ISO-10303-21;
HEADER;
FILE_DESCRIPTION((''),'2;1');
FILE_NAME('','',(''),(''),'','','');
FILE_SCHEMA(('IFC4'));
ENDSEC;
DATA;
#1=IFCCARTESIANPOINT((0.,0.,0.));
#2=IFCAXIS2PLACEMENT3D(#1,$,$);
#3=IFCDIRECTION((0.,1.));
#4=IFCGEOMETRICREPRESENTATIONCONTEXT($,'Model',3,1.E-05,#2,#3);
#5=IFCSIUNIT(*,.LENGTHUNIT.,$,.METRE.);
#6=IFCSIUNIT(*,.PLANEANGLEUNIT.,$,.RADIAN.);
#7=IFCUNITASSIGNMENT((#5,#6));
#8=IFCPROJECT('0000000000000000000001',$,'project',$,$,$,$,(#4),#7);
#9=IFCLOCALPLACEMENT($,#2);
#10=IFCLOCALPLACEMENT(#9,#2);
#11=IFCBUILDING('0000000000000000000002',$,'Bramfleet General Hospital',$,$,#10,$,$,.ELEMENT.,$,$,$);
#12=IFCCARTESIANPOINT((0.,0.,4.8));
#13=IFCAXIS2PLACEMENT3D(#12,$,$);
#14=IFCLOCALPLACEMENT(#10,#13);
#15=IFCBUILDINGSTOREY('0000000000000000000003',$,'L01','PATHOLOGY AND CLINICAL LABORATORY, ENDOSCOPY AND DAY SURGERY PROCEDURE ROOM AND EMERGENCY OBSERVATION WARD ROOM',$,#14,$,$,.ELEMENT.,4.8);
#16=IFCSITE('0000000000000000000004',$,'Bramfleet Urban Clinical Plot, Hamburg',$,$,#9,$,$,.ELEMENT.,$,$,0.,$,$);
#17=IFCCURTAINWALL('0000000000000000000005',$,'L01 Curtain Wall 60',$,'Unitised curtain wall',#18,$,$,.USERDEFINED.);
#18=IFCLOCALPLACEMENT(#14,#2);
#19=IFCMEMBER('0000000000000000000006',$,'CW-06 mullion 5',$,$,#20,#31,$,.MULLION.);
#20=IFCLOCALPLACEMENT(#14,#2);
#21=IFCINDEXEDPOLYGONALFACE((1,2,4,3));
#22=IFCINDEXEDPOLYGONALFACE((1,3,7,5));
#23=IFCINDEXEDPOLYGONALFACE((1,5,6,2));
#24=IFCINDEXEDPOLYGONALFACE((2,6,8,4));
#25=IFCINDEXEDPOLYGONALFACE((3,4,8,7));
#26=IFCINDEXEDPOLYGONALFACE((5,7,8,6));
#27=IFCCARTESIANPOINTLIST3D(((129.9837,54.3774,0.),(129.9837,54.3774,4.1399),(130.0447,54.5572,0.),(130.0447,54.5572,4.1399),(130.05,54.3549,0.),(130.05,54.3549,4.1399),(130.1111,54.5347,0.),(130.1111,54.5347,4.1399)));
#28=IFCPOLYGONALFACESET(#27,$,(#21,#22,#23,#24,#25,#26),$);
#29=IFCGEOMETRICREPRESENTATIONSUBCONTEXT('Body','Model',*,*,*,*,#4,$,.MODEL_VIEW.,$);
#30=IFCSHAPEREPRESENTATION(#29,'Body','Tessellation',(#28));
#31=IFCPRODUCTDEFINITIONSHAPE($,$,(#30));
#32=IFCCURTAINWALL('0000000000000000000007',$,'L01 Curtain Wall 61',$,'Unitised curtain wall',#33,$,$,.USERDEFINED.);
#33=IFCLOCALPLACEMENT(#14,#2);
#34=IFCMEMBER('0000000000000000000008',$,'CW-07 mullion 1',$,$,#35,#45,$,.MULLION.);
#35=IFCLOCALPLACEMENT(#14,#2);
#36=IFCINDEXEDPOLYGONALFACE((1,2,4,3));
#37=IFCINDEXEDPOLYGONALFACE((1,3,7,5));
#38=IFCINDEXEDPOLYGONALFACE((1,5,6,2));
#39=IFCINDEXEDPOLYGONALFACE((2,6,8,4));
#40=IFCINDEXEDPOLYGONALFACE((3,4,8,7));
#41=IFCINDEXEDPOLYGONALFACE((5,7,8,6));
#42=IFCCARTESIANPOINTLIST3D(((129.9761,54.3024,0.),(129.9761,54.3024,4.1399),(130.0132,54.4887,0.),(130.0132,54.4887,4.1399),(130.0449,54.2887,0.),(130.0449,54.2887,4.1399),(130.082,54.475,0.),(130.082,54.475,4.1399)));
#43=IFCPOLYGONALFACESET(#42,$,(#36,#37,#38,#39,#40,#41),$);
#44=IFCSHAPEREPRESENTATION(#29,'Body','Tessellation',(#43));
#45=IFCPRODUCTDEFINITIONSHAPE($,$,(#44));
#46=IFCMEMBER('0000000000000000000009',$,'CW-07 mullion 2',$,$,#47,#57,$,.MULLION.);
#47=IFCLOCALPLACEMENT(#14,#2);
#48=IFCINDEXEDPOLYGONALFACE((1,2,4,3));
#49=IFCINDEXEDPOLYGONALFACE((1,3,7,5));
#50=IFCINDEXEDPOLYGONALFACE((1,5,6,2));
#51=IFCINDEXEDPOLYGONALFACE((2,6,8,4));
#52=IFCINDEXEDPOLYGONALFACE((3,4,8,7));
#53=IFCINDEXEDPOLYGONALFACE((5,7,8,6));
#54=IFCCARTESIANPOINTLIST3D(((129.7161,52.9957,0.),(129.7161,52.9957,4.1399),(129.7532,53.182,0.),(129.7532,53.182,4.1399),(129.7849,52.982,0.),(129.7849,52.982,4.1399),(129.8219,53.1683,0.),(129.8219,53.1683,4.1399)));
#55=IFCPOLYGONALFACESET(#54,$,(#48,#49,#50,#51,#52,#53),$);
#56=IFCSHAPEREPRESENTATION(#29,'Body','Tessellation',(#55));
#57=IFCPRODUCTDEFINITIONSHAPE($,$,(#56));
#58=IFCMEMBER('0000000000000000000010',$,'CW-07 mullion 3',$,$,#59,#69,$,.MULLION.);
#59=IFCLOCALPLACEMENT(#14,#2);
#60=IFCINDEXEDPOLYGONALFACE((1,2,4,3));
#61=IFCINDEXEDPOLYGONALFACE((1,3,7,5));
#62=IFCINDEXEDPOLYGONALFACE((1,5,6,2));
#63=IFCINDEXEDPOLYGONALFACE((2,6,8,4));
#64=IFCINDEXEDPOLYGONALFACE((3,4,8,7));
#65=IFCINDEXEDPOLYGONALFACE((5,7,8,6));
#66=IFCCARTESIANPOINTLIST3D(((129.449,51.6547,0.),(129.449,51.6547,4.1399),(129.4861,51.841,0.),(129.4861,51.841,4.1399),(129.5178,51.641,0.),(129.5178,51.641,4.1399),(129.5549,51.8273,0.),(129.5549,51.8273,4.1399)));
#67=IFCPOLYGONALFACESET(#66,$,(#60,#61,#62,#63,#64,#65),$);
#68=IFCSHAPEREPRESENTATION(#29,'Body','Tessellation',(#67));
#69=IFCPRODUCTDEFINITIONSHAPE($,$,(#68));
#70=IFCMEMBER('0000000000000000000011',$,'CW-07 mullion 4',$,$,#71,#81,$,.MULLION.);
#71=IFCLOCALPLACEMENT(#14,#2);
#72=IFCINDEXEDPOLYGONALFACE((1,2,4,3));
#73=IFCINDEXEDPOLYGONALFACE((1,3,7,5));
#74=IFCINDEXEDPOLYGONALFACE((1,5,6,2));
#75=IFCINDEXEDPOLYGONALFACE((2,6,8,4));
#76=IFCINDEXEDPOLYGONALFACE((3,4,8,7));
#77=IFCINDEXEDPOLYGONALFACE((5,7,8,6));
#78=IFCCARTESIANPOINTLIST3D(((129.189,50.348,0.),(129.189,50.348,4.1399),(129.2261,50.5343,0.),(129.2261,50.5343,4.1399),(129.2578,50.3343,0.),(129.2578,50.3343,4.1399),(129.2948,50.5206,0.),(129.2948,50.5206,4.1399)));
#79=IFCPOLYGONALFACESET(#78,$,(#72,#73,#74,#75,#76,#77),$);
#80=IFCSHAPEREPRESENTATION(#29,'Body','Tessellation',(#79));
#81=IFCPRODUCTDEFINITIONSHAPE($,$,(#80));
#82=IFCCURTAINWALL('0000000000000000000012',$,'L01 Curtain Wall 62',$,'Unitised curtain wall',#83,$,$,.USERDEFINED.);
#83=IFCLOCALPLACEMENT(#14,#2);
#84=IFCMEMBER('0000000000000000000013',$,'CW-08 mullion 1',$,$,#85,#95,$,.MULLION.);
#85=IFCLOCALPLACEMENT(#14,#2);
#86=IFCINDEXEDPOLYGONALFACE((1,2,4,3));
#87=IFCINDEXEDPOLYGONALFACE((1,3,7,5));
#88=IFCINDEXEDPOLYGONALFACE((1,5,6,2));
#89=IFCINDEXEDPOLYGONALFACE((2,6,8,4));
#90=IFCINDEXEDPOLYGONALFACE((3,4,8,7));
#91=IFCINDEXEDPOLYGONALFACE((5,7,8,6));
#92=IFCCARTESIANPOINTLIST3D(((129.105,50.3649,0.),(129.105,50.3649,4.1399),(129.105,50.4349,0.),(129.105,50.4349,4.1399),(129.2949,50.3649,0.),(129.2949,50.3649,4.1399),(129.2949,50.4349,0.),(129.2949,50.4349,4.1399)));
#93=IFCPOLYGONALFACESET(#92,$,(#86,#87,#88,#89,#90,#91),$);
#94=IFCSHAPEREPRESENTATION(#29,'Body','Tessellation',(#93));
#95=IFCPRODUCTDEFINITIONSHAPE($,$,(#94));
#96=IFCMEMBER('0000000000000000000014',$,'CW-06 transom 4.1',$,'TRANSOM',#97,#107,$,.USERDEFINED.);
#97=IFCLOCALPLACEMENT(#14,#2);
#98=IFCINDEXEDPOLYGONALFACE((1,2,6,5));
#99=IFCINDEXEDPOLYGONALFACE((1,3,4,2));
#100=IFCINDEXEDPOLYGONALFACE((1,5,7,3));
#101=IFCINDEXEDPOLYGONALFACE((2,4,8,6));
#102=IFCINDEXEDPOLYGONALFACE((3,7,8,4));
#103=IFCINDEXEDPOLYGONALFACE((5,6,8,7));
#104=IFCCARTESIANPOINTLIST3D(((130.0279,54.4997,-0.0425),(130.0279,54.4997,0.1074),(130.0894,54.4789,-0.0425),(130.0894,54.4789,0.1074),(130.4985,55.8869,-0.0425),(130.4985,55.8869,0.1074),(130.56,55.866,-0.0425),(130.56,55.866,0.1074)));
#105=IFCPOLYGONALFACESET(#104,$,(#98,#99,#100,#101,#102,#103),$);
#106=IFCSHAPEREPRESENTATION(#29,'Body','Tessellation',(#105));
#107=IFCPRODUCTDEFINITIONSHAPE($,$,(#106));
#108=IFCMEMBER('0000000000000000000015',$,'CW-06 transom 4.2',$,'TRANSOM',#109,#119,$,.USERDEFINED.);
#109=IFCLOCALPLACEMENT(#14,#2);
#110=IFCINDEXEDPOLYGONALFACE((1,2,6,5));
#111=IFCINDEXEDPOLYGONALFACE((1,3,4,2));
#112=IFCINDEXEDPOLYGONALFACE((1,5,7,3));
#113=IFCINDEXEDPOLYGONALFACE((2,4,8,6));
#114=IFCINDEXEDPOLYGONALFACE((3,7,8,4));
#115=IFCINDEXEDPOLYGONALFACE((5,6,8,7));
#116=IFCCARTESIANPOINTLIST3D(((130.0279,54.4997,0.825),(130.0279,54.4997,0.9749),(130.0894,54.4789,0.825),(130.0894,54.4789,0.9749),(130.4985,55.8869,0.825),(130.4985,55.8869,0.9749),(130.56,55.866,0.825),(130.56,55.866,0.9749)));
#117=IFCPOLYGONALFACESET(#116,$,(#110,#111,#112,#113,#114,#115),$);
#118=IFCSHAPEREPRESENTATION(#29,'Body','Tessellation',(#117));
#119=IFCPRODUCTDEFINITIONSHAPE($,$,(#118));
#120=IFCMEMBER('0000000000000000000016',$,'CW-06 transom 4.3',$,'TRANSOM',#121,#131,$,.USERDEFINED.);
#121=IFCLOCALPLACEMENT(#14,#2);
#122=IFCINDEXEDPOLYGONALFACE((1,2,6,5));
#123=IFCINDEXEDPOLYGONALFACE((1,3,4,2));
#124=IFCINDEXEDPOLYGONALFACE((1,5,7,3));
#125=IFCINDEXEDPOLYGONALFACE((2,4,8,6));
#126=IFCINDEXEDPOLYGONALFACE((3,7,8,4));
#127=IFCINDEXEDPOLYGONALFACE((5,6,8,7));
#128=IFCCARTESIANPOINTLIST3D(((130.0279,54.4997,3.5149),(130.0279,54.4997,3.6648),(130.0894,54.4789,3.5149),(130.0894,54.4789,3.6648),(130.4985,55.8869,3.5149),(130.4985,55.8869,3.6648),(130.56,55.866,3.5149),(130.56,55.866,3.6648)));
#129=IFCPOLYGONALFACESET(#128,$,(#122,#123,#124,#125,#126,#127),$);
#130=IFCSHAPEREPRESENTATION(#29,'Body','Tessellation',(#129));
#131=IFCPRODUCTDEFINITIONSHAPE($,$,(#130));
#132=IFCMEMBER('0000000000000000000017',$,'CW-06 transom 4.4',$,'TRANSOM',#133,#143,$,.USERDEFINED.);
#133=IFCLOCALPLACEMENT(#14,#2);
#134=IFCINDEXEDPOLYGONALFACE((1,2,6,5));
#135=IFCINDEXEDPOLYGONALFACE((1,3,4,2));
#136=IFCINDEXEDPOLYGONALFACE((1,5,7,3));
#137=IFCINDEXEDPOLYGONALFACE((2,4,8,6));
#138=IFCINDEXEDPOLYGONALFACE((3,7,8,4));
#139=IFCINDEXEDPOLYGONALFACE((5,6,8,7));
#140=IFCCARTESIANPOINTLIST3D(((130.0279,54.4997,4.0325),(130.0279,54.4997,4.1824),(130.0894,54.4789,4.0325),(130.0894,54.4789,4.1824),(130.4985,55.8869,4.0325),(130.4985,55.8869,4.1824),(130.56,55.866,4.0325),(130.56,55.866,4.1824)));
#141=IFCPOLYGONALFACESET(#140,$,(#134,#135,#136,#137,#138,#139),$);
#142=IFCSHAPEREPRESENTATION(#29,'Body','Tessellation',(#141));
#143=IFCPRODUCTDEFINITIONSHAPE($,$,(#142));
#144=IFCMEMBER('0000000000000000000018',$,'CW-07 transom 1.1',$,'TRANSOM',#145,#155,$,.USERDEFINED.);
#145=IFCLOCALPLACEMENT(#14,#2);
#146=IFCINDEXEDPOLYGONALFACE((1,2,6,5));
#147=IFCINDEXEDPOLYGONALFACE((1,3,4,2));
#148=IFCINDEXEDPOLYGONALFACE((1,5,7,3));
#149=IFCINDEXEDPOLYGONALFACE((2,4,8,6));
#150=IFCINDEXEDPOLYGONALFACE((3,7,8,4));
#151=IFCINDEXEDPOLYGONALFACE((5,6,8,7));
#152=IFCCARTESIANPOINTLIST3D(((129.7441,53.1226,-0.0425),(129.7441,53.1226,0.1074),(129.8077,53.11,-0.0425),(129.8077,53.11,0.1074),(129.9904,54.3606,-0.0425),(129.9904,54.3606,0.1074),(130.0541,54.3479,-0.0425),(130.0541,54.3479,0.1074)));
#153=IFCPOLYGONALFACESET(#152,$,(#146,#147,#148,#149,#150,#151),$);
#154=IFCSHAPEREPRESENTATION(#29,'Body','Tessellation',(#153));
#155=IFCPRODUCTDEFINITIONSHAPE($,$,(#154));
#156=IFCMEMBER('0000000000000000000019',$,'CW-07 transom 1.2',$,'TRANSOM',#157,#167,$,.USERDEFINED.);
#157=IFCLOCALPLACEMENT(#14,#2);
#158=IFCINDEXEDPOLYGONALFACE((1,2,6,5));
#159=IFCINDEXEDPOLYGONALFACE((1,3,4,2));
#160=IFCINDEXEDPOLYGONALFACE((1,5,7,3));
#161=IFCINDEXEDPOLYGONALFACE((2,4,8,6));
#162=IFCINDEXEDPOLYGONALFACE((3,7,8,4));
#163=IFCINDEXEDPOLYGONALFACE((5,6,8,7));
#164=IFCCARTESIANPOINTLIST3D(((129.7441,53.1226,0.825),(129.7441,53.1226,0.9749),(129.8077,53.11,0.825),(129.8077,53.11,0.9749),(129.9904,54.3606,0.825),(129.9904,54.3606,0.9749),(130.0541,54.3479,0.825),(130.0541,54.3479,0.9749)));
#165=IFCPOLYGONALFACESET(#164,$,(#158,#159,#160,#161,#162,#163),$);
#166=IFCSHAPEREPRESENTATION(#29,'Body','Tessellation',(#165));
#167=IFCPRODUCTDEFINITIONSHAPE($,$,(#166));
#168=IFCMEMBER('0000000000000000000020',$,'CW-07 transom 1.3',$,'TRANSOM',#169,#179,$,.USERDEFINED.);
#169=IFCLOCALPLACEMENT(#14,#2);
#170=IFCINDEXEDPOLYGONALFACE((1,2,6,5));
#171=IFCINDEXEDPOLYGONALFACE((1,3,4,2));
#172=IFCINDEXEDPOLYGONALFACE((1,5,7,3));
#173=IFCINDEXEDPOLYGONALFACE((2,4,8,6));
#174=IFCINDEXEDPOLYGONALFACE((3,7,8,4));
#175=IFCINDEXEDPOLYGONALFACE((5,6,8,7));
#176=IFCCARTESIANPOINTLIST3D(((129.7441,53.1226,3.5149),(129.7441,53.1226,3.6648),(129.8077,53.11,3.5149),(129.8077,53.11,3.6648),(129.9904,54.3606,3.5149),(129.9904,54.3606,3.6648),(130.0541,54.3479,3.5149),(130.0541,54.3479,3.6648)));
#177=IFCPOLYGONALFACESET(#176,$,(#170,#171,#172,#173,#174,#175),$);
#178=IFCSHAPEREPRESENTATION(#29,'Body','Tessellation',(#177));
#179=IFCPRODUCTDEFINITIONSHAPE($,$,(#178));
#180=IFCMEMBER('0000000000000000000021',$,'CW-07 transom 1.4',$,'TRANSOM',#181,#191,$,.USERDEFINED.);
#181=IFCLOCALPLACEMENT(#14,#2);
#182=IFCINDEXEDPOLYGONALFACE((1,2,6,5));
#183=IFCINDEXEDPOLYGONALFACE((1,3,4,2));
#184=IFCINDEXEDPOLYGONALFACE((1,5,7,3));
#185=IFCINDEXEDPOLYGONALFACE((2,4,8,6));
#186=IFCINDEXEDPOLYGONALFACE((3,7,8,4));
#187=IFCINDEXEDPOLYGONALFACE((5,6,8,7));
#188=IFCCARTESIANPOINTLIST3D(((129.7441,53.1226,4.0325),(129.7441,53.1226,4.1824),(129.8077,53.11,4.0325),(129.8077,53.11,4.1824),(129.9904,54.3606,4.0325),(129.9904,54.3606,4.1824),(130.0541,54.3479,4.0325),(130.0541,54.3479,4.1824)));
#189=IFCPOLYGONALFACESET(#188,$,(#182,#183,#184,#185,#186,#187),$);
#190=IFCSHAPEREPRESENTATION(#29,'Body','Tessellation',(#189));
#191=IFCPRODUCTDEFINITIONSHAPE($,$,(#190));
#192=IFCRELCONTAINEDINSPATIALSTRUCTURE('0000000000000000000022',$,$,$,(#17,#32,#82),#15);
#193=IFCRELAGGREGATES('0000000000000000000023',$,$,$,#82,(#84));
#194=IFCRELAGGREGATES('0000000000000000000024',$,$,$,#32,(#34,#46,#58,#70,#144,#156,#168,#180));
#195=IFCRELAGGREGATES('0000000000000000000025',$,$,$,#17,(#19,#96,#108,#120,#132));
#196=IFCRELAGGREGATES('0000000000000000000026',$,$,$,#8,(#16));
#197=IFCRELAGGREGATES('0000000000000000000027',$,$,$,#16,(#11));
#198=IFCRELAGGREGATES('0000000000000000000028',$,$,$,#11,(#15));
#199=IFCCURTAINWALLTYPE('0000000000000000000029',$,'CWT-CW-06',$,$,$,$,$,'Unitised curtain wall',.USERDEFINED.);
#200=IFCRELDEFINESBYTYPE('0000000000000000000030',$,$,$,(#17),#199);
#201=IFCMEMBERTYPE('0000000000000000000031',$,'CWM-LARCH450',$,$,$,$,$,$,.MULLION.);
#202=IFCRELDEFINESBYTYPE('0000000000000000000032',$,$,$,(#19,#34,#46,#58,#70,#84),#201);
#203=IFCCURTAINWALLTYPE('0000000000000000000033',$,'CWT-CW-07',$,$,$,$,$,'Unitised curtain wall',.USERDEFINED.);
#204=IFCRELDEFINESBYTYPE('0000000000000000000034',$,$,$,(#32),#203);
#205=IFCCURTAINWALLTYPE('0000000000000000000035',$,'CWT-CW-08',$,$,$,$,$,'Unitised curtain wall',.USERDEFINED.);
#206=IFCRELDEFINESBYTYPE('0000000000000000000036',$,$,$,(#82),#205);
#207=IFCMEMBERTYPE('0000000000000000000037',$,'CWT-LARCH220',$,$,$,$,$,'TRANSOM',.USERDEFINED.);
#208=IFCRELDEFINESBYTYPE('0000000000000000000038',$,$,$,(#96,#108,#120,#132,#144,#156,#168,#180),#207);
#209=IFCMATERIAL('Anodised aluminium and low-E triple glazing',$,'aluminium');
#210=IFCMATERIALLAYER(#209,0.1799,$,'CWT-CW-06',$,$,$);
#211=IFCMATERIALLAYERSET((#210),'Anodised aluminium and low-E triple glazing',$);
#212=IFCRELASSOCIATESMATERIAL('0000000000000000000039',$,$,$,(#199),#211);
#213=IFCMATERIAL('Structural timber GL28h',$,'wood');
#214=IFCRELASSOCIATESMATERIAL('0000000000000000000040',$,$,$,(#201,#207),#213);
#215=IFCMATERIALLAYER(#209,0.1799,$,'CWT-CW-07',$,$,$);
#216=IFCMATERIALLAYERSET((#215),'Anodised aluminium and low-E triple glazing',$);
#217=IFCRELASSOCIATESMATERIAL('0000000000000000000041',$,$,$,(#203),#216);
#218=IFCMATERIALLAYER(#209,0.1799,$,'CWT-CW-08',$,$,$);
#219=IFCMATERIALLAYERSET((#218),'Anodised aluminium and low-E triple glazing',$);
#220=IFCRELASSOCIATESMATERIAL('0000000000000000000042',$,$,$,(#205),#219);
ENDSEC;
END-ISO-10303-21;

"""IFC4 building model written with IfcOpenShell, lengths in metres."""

from ifc_helpers import new_model, si_unit, direction, frame, origin, origin_2d, place, context, subcontext, project, spatial, rectangle, extrude, material, layer, layer_set, material_profile, profile_set, type_object, element, aggregate, save


model = new_model("IFC4")

# Units and contexts
model_context = context("Model", 3, precision=1e-05, world=origin(), true_north=direction((0.0, 1.0)))
body_context = subcontext(model_context, "Body", "Model", "MODEL_VIEW")
ifc_project = project(units=[si_unit("LENGTHUNIT", "METRE"), si_unit("PLANEANGLEUNIT", "RADIAN")], contexts=[model_context])

# Site, building, storey
site_placement = place(None, origin())
site = spatial("IfcSite", under=ifc_project, at=site_placement, Name="Bramfleet Urban Clinical Plot, Hamburg", CompositionType="ELEMENT", RefElevation=0.0)
building_placement = place(site_placement, origin())
building = spatial("IfcBuilding", under=site, at=building_placement, Name="Bramfleet General Hospital", CompositionType="ELEMENT")
storey_placement = place(building_placement, frame((0.0, 0.0, 4.8)))
storey = spatial("IfcBuildingStorey", under=building, at=storey_placement, Name="L01", Description="PATHOLOGY AND CLINICAL LABORATORY, ENDOSCOPY AND DAY SURGERY PROCEDURE ROOM AND EMERGENCY OBSERVATION WARD ROOM", CompositionType="ELEMENT", Elevation=4.8)

# Curtain wall, member
ifc_material_1 = material(Name="Anodised aluminium and low-E triple glazing", Category="aluminium")
ifc_layer_1 = layer(ifc_material_1, 0.1799, Name="CWT-CW-06")
ifc_layer_set_1 = layer_set([ifc_layer_1], Name="Anodised aluminium and low-E triple glazing")
curtain_wall_type_1 = type_object("IfcCurtainWallType", Name="CWT-CW-06", ElementType="Unitised curtain wall", PredefinedType="USERDEFINED", material=ifc_layer_set_1)
curtain_wall_1_placement = place(storey_placement, origin())
curtain_wall_1 = element("IfcCurtainWall", 1, at=curtain_wall_1_placement, inside=storey, type_object=curtain_wall_type_1, Name="L01 Curtain Wall 60", ObjectType="Unitised curtain wall", PredefinedType="USERDEFINED")
ifc_material_2 = material(Name="Structural timber GL28h", Category="wood")
ifc_material_profile_1 = material_profile(ifc_material_2, rectangle(XDim=0.0701, YDim=0.1899, at=origin_2d()), Name="LARCH 190x70")
ifc_profile_set_1 = profile_set([ifc_material_profile_1], Name="Structural timber GL28h")
member_type_1 = type_object("IfcMemberType", Name="CWM-LARCH450", PredefinedType="MULLION", material=ifc_profile_set_1)
member_1_placement = place(storey_placement, frame((130.0474, 54.4561, 0.0), z_axis=(0.0, 0.0, 1.0), x_axis=(0.946949, -0.321383, 0.0)))
member_1 = element("IfcMember", 2, at=member_1_placement, type_object=member_type_1, Name="CW-06 mullion 5", PredefinedType="MULLION", context=body_context, shape_type="SweptSolid", body=[
    extrude(rectangle(XDim=0.0701, YDim=0.1899, at=origin_2d()), origin(), (0.0, 0.0, 1.0), 4.1399),
])

# Curtain wall, members
ifc_layer_2 = layer(ifc_material_1, 0.1799, Name="CWT-CW-07")
ifc_layer_set_2 = layer_set([ifc_layer_2], Name="Anodised aluminium and low-E triple glazing")
curtain_wall_type_2 = type_object("IfcCurtainWallType", Name="CWT-CW-07", ElementType="Unitised curtain wall", PredefinedType="USERDEFINED", material=ifc_layer_set_2)
curtain_wall_2_placement = place(storey_placement, origin())
curtain_wall_2 = element("IfcCurtainWall", 3, at=curtain_wall_2_placement, inside=storey, type_object=curtain_wall_type_2, Name="L01 Curtain Wall 61", ObjectType="Unitised curtain wall", PredefinedType="USERDEFINED")
member_2_placement = place(storey_placement, frame((130.0291, 54.3887, 0.0), z_axis=(0.0, 0.0, 1.0), x_axis=(0.980749, -0.195272, 0.0)))
member_2 = element("IfcMember", 4, at=member_2_placement, type_object=member_type_1, Name="CW-07 mullion 1", PredefinedType="MULLION", context=body_context, shape_type="SweptSolid", body=[
    extrude(rectangle(XDim=0.0701, YDim=0.1899, at=origin_2d()), origin(), (0.0, 0.0, 1.0), 4.1399),
])
member_3_placement = place(storey_placement, frame((129.769, 53.082, 0.0), z_axis=(0.0, 0.0, 1.0), x_axis=(0.980749, -0.195272, 0.0)))
member_3 = element("IfcMember", 5, at=member_3_placement, type_object=member_type_1, Name="CW-07 mullion 2", PredefinedType="MULLION", context=body_context, shape_type="SweptSolid", body=[
    extrude(rectangle(XDim=0.0701, YDim=0.1899, at=origin_2d()), origin(), (0.0, 0.0, 1.0), 4.1399),
])
member_4_placement = place(storey_placement, frame((129.502, 51.741, 0.0), z_axis=(0.0, 0.0, 1.0), x_axis=(0.980749, -0.195272, 0.0)))
member_4 = element("IfcMember", 6, at=member_4_placement, type_object=member_type_1, Name="CW-07 mullion 3", PredefinedType="MULLION", context=body_context, shape_type="SweptSolid", body=[
    extrude(rectangle(XDim=0.0701, YDim=0.1899, at=origin_2d()), origin(), (0.0, 0.0, 1.0), 4.1399),
])
member_5_placement = place(storey_placement, frame((129.2419, 50.4343, 0.0), z_axis=(0.0, 0.0, 1.0), x_axis=(0.980749, -0.195272, 0.0)))
member_5 = element("IfcMember", 7, at=member_5_placement, type_object=member_type_1, Name="CW-07 mullion 4", PredefinedType="MULLION", context=body_context, shape_type="SweptSolid", body=[
    extrude(rectangle(XDim=0.0701, YDim=0.1899, at=origin_2d()), origin(), (0.0, 0.0, 1.0), 4.1399),
])

# Curtain wall, member
ifc_layer_3 = layer(ifc_material_1, 0.1799, Name="CWT-CW-08")
ifc_layer_set_3 = layer_set([ifc_layer_3], Name="Anodised aluminium and low-E triple glazing")
curtain_wall_type_3 = type_object("IfcCurtainWallType", Name="CWT-CW-08", ElementType="Unitised curtain wall", PredefinedType="USERDEFINED", material=ifc_layer_set_3)
curtain_wall_3_placement = place(storey_placement, origin())
curtain_wall_3 = element("IfcCurtainWall", 8, at=curtain_wall_3_placement, inside=storey, type_object=curtain_wall_type_3, Name="L01 Curtain Wall 62", ObjectType="Unitised curtain wall", PredefinedType="USERDEFINED")
member_6_placement = place(storey_placement, frame((129.2, 50.3999, 0.0), z_axis=(0.0, 0.0, 1.0), x_axis=(0.0, -1.0, 0.0)))
member_6 = element("IfcMember", 9, at=member_6_placement, type_object=member_type_1, Name="CW-08 mullion 1", PredefinedType="MULLION", context=body_context, shape_type="SweptSolid", body=[
    extrude(rectangle(XDim=0.0701, YDim=0.1899, at=origin_2d()), origin(), (0.0, 0.0, 1.0), 4.1399),
])

# Members
ifc_material_profile_2 = material_profile(ifc_material_2, rectangle(XDim=0.0649, YDim=0.1499, at=origin_2d()), Name="LARCH 150x65")
ifc_profile_set_2 = profile_set([ifc_material_profile_2], Name="Structural timber GL28h")
member_type_2 = type_object("IfcMemberType", Name="CWT-LARCH220", ElementType="TRANSOM", PredefinedType="USERDEFINED", material=ifc_profile_set_2)
member_7_placement = place(storey_placement, frame((130.5293, 55.8765, 0.0325), z_axis=(-0.321323, -0.94697, 0.0), x_axis=(0.94697, -0.321323, 0.0)))
member_7 = element("IfcMember", 10, at=member_7_placement, type_object=member_type_2, Name="CW-06 transom 4.1", ObjectType="TRANSOM", PredefinedType="USERDEFINED", context=body_context, shape_type="SweptSolid", body=[
    extrude(rectangle(XDim=0.0649, YDim=0.1499, at=origin_2d()), origin(), (0.0, 0.0, 1.0), 1.4648),
])
member_8_placement = place(storey_placement, frame((130.5293, 55.8765, 0.8999), z_axis=(-0.321323, -0.94697, 0.0), x_axis=(0.94697, -0.321323, 0.0)))
member_8 = element("IfcMember", 11, at=member_8_placement, type_object=member_type_2, Name="CW-06 transom 4.2", ObjectType="TRANSOM", PredefinedType="USERDEFINED", context=body_context, shape_type="SweptSolid", body=[
    extrude(rectangle(XDim=0.0649, YDim=0.1499, at=origin_2d()), origin(), (0.0, 0.0, 1.0), 1.4648),
])
member_9_placement = place(storey_placement, frame((130.5293, 55.8765, 3.5898), z_axis=(-0.321323, -0.94697, 0.0), x_axis=(0.94697, -0.321323, 0.0)))
member_9 = element("IfcMember", 12, at=member_9_placement, type_object=member_type_2, Name="CW-06 transom 4.3", ObjectType="TRANSOM", PredefinedType="USERDEFINED", context=body_context, shape_type="SweptSolid", body=[
    extrude(rectangle(XDim=0.0649, YDim=0.1499, at=origin_2d()), origin(), (0.0, 0.0, 1.0), 1.4648),
])
member_10_placement = place(storey_placement, frame((130.5293, 55.8765, 4.1074), z_axis=(-0.321323, -0.94697, 0.0), x_axis=(0.94697, -0.321323, 0.0)))
member_10 = element("IfcMember", 13, at=member_10_placement, type_object=member_type_2, Name="CW-06 transom 4.4", ObjectType="TRANSOM", PredefinedType="USERDEFINED", context=body_context, shape_type="SweptSolid", body=[
    extrude(rectangle(XDim=0.0649, YDim=0.1499, at=origin_2d()), origin(), (0.0, 0.0, 1.0), 1.4648),
])
member_11_placement = place(storey_placement, frame((130.0222, 54.3542, 0.0325), z_axis=(-0.195149, -0.980774, 0.0), x_axis=(0.980774, -0.195149, 0.0)))
member_11 = element("IfcMember", 14, at=member_11_placement, type_object=member_type_2, Name="CW-07 transom 1.1", ObjectType="TRANSOM", PredefinedType="USERDEFINED", context=body_context, shape_type="SweptSolid", body=[
    extrude(rectangle(XDim=0.0649, YDim=0.1499, at=origin_2d()), origin(), (0.0, 0.0, 1.0), 1.2622),
])
member_12_placement = place(storey_placement, frame((130.0222, 54.3542, 0.8999), z_axis=(-0.195149, -0.980774, 0.0), x_axis=(0.980774, -0.195149, 0.0)))
member_12 = element("IfcMember", 15, at=member_12_placement, type_object=member_type_2, Name="CW-07 transom 1.2", ObjectType="TRANSOM", PredefinedType="USERDEFINED", context=body_context, shape_type="SweptSolid", body=[
    extrude(rectangle(XDim=0.0649, YDim=0.1499, at=origin_2d()), origin(), (0.0, 0.0, 1.0), 1.2622),
])
member_13_placement = place(storey_placement, frame((130.0222, 54.3542, 3.5898), z_axis=(-0.195149, -0.980774, 0.0), x_axis=(0.980774, -0.195149, 0.0)))
member_13 = element("IfcMember", 16, at=member_13_placement, type_object=member_type_2, Name="CW-07 transom 1.3", ObjectType="TRANSOM", PredefinedType="USERDEFINED", context=body_context, shape_type="SweptSolid", body=[
    extrude(rectangle(XDim=0.0649, YDim=0.1499, at=origin_2d()), origin(), (0.0, 0.0, 1.0), 1.2622),
])
member_14_placement = place(storey_placement, frame((130.0222, 54.3542, 4.1074), z_axis=(-0.195149, -0.980774, 0.0), x_axis=(0.980774, -0.195149, 0.0)))
member_14 = element("IfcMember", 17, at=member_14_placement, type_object=member_type_2, Name="CW-07 transom 1.4", ObjectType="TRANSOM", PredefinedType="USERDEFINED", context=body_context, shape_type="SweptSolid", body=[
    extrude(rectangle(XDim=0.0649, YDim=0.1499, at=origin_2d()), origin(), (0.0, 0.0, 1.0), 1.2622),
])
aggregate(curtain_wall_3, [member_6])

aggregate(curtain_wall_2, [member_2, member_3, member_4, member_5, member_11, member_12, member_13, member_14])
aggregate(curtain_wall_1, [member_1, member_7, member_8, member_9, member_10])

save(model, "model.ifc")
